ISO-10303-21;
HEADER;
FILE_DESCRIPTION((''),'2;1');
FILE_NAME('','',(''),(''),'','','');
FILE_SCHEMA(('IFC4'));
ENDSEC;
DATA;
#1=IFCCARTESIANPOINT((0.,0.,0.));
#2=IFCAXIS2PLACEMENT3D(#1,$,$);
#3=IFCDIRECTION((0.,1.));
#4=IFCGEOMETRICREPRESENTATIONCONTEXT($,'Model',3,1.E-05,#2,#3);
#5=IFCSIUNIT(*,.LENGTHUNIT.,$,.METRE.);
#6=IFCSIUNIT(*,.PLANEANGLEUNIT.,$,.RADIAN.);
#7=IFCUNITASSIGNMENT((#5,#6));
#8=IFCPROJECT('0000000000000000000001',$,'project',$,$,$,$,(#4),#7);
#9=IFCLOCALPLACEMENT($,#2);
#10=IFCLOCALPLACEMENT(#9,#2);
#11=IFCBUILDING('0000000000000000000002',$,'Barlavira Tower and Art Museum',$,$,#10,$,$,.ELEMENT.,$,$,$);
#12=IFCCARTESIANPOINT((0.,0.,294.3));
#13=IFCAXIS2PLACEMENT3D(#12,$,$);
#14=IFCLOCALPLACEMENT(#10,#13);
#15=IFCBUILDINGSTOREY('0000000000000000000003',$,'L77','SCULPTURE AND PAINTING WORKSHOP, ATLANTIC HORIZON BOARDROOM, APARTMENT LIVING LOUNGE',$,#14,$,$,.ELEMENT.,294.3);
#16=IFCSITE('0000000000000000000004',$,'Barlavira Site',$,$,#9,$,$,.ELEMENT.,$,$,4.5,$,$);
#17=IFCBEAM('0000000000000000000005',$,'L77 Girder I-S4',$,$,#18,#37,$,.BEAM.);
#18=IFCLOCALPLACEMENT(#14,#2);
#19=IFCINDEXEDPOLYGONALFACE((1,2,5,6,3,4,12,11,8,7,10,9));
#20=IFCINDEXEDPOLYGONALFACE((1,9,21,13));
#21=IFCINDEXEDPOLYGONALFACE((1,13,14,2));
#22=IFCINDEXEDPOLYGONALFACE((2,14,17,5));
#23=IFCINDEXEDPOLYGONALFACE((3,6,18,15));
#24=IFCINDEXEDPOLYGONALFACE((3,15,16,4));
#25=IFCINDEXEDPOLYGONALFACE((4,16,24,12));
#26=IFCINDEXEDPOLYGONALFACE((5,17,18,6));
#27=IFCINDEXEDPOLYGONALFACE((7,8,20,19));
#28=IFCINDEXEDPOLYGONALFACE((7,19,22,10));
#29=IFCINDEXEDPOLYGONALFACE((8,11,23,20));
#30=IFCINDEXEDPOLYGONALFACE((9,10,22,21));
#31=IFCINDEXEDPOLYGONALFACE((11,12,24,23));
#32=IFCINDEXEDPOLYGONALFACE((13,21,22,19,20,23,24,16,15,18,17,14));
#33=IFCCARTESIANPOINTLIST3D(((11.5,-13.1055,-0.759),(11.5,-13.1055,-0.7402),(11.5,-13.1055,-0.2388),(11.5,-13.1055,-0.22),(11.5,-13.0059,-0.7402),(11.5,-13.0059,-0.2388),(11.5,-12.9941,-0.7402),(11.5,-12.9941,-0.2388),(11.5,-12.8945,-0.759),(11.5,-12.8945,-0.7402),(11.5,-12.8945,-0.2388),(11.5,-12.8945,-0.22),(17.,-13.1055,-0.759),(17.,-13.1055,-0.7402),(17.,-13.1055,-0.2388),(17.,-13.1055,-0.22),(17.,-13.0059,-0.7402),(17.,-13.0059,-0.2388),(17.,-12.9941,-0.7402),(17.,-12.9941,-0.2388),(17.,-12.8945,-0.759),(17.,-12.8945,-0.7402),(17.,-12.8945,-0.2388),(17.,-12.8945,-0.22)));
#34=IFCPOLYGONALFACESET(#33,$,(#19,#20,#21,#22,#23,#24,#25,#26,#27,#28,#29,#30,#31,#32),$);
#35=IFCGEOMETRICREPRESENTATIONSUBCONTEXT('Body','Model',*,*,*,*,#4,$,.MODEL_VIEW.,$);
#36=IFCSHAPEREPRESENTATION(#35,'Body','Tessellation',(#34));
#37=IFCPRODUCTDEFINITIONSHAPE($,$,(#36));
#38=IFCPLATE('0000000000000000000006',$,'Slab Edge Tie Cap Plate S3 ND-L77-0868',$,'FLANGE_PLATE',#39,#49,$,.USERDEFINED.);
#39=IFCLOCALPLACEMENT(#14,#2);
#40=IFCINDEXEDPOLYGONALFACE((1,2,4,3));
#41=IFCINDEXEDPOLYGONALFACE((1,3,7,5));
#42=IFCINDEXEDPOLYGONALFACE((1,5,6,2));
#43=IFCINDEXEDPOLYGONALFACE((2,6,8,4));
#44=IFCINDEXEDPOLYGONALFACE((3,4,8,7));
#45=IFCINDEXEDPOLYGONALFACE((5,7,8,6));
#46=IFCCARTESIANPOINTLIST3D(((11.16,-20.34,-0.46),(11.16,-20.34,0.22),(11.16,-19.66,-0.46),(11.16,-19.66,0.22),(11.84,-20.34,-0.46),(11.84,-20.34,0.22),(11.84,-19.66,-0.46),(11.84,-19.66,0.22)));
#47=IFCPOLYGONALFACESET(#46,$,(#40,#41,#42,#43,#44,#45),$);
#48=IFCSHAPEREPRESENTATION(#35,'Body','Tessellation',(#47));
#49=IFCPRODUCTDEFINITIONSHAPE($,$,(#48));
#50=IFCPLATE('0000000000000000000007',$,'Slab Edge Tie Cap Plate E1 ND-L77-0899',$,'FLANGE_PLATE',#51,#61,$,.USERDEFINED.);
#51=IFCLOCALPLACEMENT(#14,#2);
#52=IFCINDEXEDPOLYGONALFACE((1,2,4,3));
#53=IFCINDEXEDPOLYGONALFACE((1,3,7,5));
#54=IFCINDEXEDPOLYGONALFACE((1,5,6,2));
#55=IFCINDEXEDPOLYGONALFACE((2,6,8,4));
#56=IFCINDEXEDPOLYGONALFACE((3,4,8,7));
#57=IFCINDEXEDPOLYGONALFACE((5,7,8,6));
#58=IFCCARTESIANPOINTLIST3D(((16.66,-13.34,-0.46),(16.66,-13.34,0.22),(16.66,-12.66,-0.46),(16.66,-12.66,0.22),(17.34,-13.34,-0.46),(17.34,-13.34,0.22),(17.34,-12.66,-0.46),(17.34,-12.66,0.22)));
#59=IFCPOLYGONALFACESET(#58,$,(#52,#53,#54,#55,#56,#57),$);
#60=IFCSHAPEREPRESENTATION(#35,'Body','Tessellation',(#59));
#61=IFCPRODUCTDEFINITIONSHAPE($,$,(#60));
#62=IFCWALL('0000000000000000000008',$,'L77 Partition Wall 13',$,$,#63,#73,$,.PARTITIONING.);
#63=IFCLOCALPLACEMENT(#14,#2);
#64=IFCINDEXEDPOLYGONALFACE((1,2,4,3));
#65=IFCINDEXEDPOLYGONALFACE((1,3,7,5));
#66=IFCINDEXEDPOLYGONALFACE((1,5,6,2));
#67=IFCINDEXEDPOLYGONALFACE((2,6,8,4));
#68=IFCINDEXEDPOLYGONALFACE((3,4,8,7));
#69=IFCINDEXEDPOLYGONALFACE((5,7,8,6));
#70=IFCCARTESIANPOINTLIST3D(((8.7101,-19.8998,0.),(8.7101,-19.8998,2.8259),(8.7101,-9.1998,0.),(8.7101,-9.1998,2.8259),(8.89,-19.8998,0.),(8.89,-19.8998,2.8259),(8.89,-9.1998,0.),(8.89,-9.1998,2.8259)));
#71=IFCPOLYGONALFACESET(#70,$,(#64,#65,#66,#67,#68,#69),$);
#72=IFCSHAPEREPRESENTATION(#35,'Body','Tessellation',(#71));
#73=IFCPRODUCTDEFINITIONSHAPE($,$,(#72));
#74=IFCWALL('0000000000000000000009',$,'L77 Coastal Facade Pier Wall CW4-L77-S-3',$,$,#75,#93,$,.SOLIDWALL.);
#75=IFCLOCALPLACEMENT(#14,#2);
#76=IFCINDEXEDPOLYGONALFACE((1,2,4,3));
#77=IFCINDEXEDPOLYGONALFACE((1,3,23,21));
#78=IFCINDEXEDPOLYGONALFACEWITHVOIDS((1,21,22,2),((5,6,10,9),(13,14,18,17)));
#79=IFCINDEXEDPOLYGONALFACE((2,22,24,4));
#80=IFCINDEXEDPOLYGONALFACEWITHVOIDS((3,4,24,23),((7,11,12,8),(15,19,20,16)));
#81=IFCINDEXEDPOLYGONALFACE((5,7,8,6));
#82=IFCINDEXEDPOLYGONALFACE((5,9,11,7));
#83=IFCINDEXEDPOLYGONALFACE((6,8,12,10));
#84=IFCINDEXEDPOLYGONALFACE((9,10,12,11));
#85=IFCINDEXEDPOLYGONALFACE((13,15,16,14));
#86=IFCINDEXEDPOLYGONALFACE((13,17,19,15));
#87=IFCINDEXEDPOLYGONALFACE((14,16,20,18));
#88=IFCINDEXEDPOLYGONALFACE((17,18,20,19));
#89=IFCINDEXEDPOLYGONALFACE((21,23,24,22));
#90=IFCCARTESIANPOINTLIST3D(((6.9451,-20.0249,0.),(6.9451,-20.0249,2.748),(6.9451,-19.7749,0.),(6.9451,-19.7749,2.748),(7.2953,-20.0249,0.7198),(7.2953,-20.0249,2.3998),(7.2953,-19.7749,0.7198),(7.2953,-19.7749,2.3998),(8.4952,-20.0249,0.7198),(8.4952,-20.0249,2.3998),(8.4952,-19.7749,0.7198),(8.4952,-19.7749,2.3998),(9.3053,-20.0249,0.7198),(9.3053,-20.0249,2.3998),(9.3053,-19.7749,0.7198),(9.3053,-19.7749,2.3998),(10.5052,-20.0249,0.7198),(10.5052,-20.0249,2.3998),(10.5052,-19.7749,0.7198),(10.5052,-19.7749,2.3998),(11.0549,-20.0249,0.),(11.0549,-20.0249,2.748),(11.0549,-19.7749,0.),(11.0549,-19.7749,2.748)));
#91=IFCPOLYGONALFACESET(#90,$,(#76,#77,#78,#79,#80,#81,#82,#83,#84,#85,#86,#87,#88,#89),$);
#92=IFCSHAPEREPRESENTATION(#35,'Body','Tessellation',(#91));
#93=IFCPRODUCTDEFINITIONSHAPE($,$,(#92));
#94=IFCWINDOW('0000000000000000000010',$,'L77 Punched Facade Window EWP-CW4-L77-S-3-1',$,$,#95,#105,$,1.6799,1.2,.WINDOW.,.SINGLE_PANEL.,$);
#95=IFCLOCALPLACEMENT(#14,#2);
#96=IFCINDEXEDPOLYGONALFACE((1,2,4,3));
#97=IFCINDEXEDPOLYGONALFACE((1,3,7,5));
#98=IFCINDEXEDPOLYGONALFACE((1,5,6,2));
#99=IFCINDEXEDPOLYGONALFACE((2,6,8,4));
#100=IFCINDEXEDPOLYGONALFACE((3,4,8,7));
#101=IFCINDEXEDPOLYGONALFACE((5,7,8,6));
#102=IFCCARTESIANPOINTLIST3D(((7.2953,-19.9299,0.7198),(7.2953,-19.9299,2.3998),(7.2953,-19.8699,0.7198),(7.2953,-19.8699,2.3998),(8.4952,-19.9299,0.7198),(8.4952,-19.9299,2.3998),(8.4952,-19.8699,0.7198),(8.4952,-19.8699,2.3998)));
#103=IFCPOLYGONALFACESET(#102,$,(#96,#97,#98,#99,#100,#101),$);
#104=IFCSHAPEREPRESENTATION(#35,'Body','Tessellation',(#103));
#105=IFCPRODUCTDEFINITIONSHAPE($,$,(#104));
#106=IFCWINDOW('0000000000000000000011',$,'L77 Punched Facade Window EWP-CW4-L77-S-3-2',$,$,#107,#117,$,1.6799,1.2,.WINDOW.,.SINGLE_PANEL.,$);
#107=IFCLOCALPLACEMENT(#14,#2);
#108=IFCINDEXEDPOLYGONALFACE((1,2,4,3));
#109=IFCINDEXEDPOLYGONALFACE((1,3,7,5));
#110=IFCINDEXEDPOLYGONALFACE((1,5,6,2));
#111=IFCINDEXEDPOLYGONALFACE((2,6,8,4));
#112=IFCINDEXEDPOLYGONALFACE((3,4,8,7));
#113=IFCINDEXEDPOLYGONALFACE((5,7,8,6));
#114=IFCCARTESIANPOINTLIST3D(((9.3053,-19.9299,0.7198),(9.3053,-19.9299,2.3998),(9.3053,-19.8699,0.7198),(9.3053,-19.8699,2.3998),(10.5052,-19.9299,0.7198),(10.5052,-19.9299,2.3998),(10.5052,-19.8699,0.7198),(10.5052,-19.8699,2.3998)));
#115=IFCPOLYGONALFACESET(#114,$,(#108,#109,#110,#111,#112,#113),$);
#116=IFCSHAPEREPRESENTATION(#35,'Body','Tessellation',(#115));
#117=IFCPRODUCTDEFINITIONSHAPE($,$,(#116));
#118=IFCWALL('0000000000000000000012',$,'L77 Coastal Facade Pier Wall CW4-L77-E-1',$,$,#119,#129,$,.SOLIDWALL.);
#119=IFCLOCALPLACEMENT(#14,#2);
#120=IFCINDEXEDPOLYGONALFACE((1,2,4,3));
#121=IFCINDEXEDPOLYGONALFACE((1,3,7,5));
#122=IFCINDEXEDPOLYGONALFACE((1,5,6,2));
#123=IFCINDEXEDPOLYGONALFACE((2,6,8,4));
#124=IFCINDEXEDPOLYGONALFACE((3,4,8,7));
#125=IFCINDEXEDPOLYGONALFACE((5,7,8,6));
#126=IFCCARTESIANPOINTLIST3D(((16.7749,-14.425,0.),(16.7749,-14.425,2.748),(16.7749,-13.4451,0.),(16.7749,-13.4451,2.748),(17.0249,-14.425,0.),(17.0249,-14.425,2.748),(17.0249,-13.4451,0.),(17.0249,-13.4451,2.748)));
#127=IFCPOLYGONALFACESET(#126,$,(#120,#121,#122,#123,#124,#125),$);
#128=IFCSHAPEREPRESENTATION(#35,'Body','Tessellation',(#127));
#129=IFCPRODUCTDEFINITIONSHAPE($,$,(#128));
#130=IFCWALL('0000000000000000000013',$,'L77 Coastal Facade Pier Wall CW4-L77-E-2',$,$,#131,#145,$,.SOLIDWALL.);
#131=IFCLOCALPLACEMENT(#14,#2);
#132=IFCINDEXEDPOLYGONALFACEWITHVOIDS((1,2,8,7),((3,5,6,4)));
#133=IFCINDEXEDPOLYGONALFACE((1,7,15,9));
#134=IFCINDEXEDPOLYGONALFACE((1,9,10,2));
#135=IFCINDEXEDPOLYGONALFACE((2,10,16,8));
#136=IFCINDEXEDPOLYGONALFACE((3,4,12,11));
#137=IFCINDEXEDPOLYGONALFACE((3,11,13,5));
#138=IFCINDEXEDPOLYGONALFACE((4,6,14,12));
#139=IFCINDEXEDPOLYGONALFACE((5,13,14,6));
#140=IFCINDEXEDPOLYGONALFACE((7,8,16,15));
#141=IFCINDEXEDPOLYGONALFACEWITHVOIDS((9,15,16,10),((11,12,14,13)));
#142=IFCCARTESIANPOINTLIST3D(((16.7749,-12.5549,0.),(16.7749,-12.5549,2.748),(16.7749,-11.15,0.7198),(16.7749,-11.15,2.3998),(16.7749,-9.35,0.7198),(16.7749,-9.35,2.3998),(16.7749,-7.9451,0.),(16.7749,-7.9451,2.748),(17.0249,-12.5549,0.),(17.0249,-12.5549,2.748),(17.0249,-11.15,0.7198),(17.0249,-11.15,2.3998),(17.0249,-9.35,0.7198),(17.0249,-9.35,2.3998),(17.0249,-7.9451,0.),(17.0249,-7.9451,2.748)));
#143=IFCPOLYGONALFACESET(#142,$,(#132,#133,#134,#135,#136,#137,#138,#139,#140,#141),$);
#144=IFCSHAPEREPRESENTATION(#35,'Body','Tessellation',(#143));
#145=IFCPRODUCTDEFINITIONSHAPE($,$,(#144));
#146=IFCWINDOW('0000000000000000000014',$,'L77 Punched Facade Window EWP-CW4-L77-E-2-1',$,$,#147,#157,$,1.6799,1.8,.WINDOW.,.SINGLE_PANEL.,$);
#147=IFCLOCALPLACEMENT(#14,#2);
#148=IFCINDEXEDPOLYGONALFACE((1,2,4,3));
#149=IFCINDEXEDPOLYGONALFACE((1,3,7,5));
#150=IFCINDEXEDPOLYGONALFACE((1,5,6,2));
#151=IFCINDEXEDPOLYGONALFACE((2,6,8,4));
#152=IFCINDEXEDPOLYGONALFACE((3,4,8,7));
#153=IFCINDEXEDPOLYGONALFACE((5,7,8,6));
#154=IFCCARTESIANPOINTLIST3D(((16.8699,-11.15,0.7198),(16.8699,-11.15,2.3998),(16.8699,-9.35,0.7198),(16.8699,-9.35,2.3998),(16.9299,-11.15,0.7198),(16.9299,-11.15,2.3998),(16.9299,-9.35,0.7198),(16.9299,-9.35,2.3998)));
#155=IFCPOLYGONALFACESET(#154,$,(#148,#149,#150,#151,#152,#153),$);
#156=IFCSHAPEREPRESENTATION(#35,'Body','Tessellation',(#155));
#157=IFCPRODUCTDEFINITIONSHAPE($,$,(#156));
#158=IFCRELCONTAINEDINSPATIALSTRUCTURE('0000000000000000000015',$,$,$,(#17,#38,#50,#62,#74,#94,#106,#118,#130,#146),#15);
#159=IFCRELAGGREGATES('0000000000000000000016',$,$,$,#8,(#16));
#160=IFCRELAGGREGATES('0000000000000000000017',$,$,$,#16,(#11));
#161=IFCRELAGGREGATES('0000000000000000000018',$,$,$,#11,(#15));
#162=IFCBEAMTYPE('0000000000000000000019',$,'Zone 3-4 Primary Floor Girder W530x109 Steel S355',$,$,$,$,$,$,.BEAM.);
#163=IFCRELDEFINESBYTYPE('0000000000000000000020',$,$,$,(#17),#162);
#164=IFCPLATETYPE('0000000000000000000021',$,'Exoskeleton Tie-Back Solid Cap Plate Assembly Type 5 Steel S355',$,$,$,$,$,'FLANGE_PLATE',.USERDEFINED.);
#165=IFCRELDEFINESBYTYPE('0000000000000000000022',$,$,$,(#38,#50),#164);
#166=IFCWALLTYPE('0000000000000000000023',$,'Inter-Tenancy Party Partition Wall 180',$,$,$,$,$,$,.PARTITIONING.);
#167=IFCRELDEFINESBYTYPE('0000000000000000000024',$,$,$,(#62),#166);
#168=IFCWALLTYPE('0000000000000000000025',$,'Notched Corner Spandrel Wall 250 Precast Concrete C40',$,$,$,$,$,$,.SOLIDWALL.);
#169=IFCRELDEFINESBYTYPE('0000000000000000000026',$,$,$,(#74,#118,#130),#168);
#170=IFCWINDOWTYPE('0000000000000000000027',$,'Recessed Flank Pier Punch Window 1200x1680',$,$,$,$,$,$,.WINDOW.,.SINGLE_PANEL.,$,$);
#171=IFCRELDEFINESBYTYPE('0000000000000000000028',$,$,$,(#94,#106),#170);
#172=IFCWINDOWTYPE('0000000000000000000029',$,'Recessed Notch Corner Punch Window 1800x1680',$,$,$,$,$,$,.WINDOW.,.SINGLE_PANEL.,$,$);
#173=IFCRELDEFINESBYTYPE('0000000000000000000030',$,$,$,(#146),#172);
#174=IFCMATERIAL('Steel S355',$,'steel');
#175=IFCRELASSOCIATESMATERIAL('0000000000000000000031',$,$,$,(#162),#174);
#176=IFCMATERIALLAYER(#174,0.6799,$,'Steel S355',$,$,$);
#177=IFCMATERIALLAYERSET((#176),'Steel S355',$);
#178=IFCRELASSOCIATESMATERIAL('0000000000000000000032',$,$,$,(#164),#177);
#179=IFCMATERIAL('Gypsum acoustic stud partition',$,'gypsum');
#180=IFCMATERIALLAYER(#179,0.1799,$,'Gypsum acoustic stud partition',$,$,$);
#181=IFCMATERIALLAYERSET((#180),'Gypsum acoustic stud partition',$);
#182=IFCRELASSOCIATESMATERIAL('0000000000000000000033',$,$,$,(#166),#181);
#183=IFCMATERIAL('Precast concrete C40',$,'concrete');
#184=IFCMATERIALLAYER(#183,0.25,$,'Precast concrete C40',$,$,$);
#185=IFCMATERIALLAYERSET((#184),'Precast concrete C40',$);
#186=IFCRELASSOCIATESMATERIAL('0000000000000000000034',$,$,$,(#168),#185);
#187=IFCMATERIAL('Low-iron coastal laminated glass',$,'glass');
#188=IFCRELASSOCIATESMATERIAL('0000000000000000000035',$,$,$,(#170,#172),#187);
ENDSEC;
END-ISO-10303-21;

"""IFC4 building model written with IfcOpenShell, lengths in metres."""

from ifc_helpers import new_model, si_unit, direction, frame, frame_2d, origin, origin_2d, place, context, subcontext, project, spatial, rectangle, i_section, extrude, material, layer, layer_set, material_profile, profile_set, type_object, element, fill, save


model = new_model("IFC4")

# Units and contexts
model_context = context("Model", 3, precision=1e-05, world=origin(), true_north=direction((0.0, 1.0)))
body_context = subcontext(model_context, "Body", "Model", "MODEL_VIEW")
ifc_project = project(units=[si_unit("LENGTHUNIT", "METRE"), si_unit("PLANEANGLEUNIT", "RADIAN")], contexts=[model_context])

# Site, building, storey
site_placement = place(None, origin())
site = spatial("IfcSite", under=ifc_project, at=site_placement, Name="Barlavira Site", CompositionType="ELEMENT", RefElevation=4.5)
building_placement = place(site_placement, origin())
building = spatial("IfcBuilding", under=site, at=building_placement, Name="Barlavira Tower and Art Museum", CompositionType="ELEMENT")
storey_placement = place(building_placement, frame((0.0, 0.0, 294.3)))
storey = spatial("IfcBuildingStorey", under=building, at=storey_placement, Name="L77", Description="SCULPTURE AND PAINTING WORKSHOP, ATLANTIC HORIZON BOARDROOM, APARTMENT LIVING LOUNGE", CompositionType="ELEMENT", Elevation=294.3)

# Shared definitions
ifc_material_1 = material(Name="Steel S355", Category="steel")

# Beam
ifc_material_profile_1 = material_profile(ifc_material_1, i_section(OverallWidth=0.2109, OverallDepth=0.5391, WebThickness=0.0117, FlangeThickness=0.0188, at=origin_2d()), Name="W530x109.0")
ifc_profile_set_1 = profile_set([ifc_material_profile_1], Name="Steel S355")
beam_type_1 = type_object("IfcBeamType", Name="Zone 3-4 Primary Floor Girder W530x109 Steel S355", PredefinedType="BEAM", material=ifc_profile_set_1)
beam_1_placement = place(storey_placement, frame((11.5, -13.0, -0.4895), z_axis=(1.0, 0.0, 0.0), x_axis=(0.0, 1.0, 0.0)))
element("IfcBeam", 1, at=beam_1_placement, inside=storey, type_object=beam_type_1, Name="L77 Girder I-S4", PredefinedType="BEAM", context=body_context, shape_type="SweptSolid", body=[
    extrude(i_section(OverallWidth=0.2109, OverallDepth=0.5391, WebThickness=0.0117, FlangeThickness=0.0188, at=origin_2d()), origin(), (0.0, 0.0, 1.0), 5.5),
])

# Plates
ifc_layer_1 = layer(ifc_material_1, 0.6799, Name="Steel S355")
ifc_layer_set_1 = layer_set([ifc_layer_1], Name="Steel S355")
plate_type = type_object("IfcPlateType", Name="Exoskeleton Tie-Back Solid Cap Plate Assembly Type 5 Steel S355", ElementType="FLANGE_PLATE", PredefinedType="USERDEFINED", material=ifc_layer_set_1)
for number, where, z_axis, x_axis, name in (
    (2, (11.5, -20.0, -0.46), (0.0, 0.0, 1.0), (1.0, 0.0, 0.0), "Slab Edge Tie Cap Plate S3 ND-L77-0868"),
    (3, (17.0, -13.0, -0.46), (0.0, 0.0, 1.0), (1.0, 0.0, 0.0), "Slab Edge Tie Cap Plate E1 ND-L77-0899"),
):
    element("IfcPlate", number, at=place(storey_placement, frame(where, z_axis=z_axis, x_axis=x_axis)), inside=storey, type_object=plate_type, Name=name, ObjectType="FLANGE_PLATE", PredefinedType="USERDEFINED", context=body_context, shape_type="SweptSolid", body=[
        extrude(rectangle(XDim=0.6799, YDim=0.6799, at=origin_2d()), origin(), (0.0, 0.0, 1.0), 0.6799),
    ])

# Wall
ifc_material_2 = material(Name="Gypsum acoustic stud partition", Category="gypsum")
ifc_layer_2 = layer(ifc_material_2, 0.1799, Name="Gypsum acoustic stud partition")
ifc_layer_set_2 = layer_set([ifc_layer_2], Name="Gypsum acoustic stud partition")
wall_type_1 = type_object("IfcWallType", Name="Inter-Tenancy Party Partition Wall 180", PredefinedType="PARTITIONING", material=ifc_layer_set_2)
wall_1_placement = place(storey_placement, frame((8.8, -19.8999, 0.0), z_axis=(0.0, 0.0, 1.0), x_axis=(0.0, 1.0, 0.0)))
element("IfcWall", 4, at=wall_1_placement, inside=storey, type_object=wall_type_1, Name="L77 Partition Wall 13", PredefinedType="PARTITIONING", context=body_context, shape_type="SweptSolid", body=[
    extrude(rectangle(XDim=10.7, YDim=0.1799, at=frame_2d((5.3501, 0.0))), origin(), (0.0, 0.0, 1.0), 2.8259),
])

# Wall, openings, windows
ifc_material_3 = material(Name="Precast concrete C40", Category="concrete")
ifc_layer_3 = layer(ifc_material_3, 0.25, Name="Precast concrete C40")
ifc_layer_set_3 = layer_set([ifc_layer_3], Name="Precast concrete C40")
wall_type_2 = type_object("IfcWallType", Name="Notched Corner Spandrel Wall 250 Precast Concrete C40", PredefinedType="SOLIDWALL", material=ifc_layer_set_3)
wall_2_placement = place(storey_placement, frame((6.9451, -19.8999, 0.0), z_axis=(0.0, 0.0, 1.0), x_axis=(1.0, 0.0, 0.0)))
wall_2 = element("IfcWall", 5, at=wall_2_placement, inside=storey, type_object=wall_type_2, Name="L77 Coastal Facade Pier Wall CW4-L77-S-3", PredefinedType="SOLIDWALL", context=body_context, shape_type="SweptSolid", body=[
    extrude(rectangle(XDim=4.1099, YDim=0.25, at=frame_2d((2.0549, 0.0))), origin(), (0.0, 0.0, 1.0), 2.748),
])
opening_1_placement = place(wall_2_placement, frame((0.3501, 0.0, 0.72)))
opening_1 = element("IfcOpeningElement", 6, at=opening_1_placement, cuts=wall_2, PredefinedType="OPENING", context=body_context, shape_type="SweptSolid", body=[
    extrude(rectangle(XDim=1.2, YDim=1.6799, at=frame_2d((0.6001, 0.8398))), frame((0.0, 0.135, 0.0), z_axis=(0.0, -1.0, 0.0), x_axis=(1.0, 0.0, 0.0)), (0.0, 0.0, 1.0), 0.27),
])
opening_2_placement = place(wall_2_placement, frame((2.3601, 0.0, 0.72)))
opening_2 = element("IfcOpeningElement", 7, at=opening_2_placement, cuts=wall_2, PredefinedType="OPENING", context=body_context, shape_type="SweptSolid", body=[
    extrude(rectangle(XDim=1.2, YDim=1.6799, at=frame_2d((0.6001, 0.8398))), frame((0.0, 0.135, 0.0), z_axis=(0.0, -1.0, 0.0), x_axis=(1.0, 0.0, 0.0)), (0.0, 0.0, 1.0), 0.27),
])
ifc_material_4 = material(Name="Low-iron coastal laminated glass", Category="glass")
window_type_1 = type_object("IfcWindowType", Name="Recessed Flank Pier Punch Window 1200x1680", PartitioningType="SINGLE_PANEL", PredefinedType="WINDOW", material=ifc_material_4)
window_1_placement = place(opening_1_placement, origin())
window_1 = element("IfcWindow", 8, at=window_1_placement, inside=storey, type_object=window_type_1, Name="L77 Punched Facade Window EWP-CW4-L77-S-3-1", OverallHeight=1.6799, OverallWidth=1.2, PartitioningType="SINGLE_PANEL", PredefinedType="WINDOW", context=body_context, shape_type="SweptSolid", body=[
    extrude(rectangle(XDim=1.2, YDim=1.6799, at=frame_2d((0.6001, 0.8398))), frame((0.0, 0.03, 0.0), z_axis=(0.0, -1.0, 0.0), x_axis=(1.0, 0.0, 0.0)), (0.0, 0.0, 1.0), 0.0601),
])
fill(opening_1, window_1)
window_2_placement = place(opening_2_placement, origin())
window_2 = element("IfcWindow", 9, at=window_2_placement, inside=storey, type_object=window_type_1, Name="L77 Punched Facade Window EWP-CW4-L77-S-3-2", OverallHeight=1.6799, OverallWidth=1.2, PartitioningType="SINGLE_PANEL", PredefinedType="WINDOW", context=body_context, shape_type="SweptSolid", body=[
    extrude(rectangle(XDim=1.2, YDim=1.6799, at=frame_2d((0.6001, 0.8398))), frame((0.0, 0.03, 0.0), z_axis=(0.0, -1.0, 0.0), x_axis=(1.0, 0.0, 0.0)), (0.0, 0.0, 1.0), 0.0601),
])
fill(opening_2, window_2)

# Wall
wall_3_placement = place(storey_placement, frame((16.8999, -14.425, 0.0), z_axis=(0.0, 0.0, 1.0), x_axis=(0.0, 1.0, 0.0)))
element("IfcWall", 10, at=wall_3_placement, inside=storey, type_object=wall_type_2, Name="L77 Coastal Facade Pier Wall CW4-L77-E-1", PredefinedType="SOLIDWALL", context=body_context, shape_type="SweptSolid", body=[
    extrude(rectangle(XDim=0.98, YDim=0.25, at=frame_2d((0.49, 0.0))), origin(), (0.0, 0.0, 1.0), 2.748),
])

# Wall, opening, window
wall_4_placement = place(storey_placement, frame((16.8999, -12.5549, 0.0), z_axis=(0.0, 0.0, 1.0), x_axis=(0.0, 1.0, 0.0)))
wall_4 = element("IfcWall", 11, at=wall_4_placement, inside=storey, type_object=wall_type_2, Name="L77 Coastal Facade Pier Wall CW4-L77-E-2", PredefinedType="SOLIDWALL", context=body_context, shape_type="SweptSolid", body=[
    extrude(rectangle(XDim=4.6099, YDim=0.25, at=frame_2d((2.3049, 0.0))), origin(), (0.0, 0.0, 1.0), 2.748),
])
opening_3_placement = place(wall_4_placement, frame((1.405, 0.0, 0.72)))
opening_3 = element("IfcOpeningElement", 12, at=opening_3_placement, cuts=wall_4, PredefinedType="OPENING", context=body_context, shape_type="SweptSolid", body=[
    extrude(rectangle(XDim=1.8, YDim=1.6799, at=frame_2d((0.8999, 0.8398))), frame((0.0, 0.135, 0.0), z_axis=(0.0, -1.0, 0.0), x_axis=(1.0, 0.0, 0.0)), (0.0, 0.0, 1.0), 0.27),
])
window_type_2 = type_object("IfcWindowType", Name="Recessed Notch Corner Punch Window 1800x1680", PartitioningType="SINGLE_PANEL", PredefinedType="WINDOW", material=ifc_material_4)
window_3_placement = place(opening_3_placement, origin())
window_3 = element("IfcWindow", 13, at=window_3_placement, inside=storey, type_object=window_type_2, Name="L77 Punched Facade Window EWP-CW4-L77-E-2-1", OverallHeight=1.6799, OverallWidth=1.8, PartitioningType="SINGLE_PANEL", PredefinedType="WINDOW", context=body_context, shape_type="SweptSolid", body=[
    extrude(rectangle(XDim=1.8, YDim=1.6799, at=frame_2d((0.8999, 0.8398))), frame((0.0, 0.03, 0.0), z_axis=(0.0, -1.0, 0.0), x_axis=(1.0, 0.0, 0.0)), (0.0, 0.0, 1.0), 0.0601),
])
fill(opening_3, window_3)

save(model, "model.ifc")
